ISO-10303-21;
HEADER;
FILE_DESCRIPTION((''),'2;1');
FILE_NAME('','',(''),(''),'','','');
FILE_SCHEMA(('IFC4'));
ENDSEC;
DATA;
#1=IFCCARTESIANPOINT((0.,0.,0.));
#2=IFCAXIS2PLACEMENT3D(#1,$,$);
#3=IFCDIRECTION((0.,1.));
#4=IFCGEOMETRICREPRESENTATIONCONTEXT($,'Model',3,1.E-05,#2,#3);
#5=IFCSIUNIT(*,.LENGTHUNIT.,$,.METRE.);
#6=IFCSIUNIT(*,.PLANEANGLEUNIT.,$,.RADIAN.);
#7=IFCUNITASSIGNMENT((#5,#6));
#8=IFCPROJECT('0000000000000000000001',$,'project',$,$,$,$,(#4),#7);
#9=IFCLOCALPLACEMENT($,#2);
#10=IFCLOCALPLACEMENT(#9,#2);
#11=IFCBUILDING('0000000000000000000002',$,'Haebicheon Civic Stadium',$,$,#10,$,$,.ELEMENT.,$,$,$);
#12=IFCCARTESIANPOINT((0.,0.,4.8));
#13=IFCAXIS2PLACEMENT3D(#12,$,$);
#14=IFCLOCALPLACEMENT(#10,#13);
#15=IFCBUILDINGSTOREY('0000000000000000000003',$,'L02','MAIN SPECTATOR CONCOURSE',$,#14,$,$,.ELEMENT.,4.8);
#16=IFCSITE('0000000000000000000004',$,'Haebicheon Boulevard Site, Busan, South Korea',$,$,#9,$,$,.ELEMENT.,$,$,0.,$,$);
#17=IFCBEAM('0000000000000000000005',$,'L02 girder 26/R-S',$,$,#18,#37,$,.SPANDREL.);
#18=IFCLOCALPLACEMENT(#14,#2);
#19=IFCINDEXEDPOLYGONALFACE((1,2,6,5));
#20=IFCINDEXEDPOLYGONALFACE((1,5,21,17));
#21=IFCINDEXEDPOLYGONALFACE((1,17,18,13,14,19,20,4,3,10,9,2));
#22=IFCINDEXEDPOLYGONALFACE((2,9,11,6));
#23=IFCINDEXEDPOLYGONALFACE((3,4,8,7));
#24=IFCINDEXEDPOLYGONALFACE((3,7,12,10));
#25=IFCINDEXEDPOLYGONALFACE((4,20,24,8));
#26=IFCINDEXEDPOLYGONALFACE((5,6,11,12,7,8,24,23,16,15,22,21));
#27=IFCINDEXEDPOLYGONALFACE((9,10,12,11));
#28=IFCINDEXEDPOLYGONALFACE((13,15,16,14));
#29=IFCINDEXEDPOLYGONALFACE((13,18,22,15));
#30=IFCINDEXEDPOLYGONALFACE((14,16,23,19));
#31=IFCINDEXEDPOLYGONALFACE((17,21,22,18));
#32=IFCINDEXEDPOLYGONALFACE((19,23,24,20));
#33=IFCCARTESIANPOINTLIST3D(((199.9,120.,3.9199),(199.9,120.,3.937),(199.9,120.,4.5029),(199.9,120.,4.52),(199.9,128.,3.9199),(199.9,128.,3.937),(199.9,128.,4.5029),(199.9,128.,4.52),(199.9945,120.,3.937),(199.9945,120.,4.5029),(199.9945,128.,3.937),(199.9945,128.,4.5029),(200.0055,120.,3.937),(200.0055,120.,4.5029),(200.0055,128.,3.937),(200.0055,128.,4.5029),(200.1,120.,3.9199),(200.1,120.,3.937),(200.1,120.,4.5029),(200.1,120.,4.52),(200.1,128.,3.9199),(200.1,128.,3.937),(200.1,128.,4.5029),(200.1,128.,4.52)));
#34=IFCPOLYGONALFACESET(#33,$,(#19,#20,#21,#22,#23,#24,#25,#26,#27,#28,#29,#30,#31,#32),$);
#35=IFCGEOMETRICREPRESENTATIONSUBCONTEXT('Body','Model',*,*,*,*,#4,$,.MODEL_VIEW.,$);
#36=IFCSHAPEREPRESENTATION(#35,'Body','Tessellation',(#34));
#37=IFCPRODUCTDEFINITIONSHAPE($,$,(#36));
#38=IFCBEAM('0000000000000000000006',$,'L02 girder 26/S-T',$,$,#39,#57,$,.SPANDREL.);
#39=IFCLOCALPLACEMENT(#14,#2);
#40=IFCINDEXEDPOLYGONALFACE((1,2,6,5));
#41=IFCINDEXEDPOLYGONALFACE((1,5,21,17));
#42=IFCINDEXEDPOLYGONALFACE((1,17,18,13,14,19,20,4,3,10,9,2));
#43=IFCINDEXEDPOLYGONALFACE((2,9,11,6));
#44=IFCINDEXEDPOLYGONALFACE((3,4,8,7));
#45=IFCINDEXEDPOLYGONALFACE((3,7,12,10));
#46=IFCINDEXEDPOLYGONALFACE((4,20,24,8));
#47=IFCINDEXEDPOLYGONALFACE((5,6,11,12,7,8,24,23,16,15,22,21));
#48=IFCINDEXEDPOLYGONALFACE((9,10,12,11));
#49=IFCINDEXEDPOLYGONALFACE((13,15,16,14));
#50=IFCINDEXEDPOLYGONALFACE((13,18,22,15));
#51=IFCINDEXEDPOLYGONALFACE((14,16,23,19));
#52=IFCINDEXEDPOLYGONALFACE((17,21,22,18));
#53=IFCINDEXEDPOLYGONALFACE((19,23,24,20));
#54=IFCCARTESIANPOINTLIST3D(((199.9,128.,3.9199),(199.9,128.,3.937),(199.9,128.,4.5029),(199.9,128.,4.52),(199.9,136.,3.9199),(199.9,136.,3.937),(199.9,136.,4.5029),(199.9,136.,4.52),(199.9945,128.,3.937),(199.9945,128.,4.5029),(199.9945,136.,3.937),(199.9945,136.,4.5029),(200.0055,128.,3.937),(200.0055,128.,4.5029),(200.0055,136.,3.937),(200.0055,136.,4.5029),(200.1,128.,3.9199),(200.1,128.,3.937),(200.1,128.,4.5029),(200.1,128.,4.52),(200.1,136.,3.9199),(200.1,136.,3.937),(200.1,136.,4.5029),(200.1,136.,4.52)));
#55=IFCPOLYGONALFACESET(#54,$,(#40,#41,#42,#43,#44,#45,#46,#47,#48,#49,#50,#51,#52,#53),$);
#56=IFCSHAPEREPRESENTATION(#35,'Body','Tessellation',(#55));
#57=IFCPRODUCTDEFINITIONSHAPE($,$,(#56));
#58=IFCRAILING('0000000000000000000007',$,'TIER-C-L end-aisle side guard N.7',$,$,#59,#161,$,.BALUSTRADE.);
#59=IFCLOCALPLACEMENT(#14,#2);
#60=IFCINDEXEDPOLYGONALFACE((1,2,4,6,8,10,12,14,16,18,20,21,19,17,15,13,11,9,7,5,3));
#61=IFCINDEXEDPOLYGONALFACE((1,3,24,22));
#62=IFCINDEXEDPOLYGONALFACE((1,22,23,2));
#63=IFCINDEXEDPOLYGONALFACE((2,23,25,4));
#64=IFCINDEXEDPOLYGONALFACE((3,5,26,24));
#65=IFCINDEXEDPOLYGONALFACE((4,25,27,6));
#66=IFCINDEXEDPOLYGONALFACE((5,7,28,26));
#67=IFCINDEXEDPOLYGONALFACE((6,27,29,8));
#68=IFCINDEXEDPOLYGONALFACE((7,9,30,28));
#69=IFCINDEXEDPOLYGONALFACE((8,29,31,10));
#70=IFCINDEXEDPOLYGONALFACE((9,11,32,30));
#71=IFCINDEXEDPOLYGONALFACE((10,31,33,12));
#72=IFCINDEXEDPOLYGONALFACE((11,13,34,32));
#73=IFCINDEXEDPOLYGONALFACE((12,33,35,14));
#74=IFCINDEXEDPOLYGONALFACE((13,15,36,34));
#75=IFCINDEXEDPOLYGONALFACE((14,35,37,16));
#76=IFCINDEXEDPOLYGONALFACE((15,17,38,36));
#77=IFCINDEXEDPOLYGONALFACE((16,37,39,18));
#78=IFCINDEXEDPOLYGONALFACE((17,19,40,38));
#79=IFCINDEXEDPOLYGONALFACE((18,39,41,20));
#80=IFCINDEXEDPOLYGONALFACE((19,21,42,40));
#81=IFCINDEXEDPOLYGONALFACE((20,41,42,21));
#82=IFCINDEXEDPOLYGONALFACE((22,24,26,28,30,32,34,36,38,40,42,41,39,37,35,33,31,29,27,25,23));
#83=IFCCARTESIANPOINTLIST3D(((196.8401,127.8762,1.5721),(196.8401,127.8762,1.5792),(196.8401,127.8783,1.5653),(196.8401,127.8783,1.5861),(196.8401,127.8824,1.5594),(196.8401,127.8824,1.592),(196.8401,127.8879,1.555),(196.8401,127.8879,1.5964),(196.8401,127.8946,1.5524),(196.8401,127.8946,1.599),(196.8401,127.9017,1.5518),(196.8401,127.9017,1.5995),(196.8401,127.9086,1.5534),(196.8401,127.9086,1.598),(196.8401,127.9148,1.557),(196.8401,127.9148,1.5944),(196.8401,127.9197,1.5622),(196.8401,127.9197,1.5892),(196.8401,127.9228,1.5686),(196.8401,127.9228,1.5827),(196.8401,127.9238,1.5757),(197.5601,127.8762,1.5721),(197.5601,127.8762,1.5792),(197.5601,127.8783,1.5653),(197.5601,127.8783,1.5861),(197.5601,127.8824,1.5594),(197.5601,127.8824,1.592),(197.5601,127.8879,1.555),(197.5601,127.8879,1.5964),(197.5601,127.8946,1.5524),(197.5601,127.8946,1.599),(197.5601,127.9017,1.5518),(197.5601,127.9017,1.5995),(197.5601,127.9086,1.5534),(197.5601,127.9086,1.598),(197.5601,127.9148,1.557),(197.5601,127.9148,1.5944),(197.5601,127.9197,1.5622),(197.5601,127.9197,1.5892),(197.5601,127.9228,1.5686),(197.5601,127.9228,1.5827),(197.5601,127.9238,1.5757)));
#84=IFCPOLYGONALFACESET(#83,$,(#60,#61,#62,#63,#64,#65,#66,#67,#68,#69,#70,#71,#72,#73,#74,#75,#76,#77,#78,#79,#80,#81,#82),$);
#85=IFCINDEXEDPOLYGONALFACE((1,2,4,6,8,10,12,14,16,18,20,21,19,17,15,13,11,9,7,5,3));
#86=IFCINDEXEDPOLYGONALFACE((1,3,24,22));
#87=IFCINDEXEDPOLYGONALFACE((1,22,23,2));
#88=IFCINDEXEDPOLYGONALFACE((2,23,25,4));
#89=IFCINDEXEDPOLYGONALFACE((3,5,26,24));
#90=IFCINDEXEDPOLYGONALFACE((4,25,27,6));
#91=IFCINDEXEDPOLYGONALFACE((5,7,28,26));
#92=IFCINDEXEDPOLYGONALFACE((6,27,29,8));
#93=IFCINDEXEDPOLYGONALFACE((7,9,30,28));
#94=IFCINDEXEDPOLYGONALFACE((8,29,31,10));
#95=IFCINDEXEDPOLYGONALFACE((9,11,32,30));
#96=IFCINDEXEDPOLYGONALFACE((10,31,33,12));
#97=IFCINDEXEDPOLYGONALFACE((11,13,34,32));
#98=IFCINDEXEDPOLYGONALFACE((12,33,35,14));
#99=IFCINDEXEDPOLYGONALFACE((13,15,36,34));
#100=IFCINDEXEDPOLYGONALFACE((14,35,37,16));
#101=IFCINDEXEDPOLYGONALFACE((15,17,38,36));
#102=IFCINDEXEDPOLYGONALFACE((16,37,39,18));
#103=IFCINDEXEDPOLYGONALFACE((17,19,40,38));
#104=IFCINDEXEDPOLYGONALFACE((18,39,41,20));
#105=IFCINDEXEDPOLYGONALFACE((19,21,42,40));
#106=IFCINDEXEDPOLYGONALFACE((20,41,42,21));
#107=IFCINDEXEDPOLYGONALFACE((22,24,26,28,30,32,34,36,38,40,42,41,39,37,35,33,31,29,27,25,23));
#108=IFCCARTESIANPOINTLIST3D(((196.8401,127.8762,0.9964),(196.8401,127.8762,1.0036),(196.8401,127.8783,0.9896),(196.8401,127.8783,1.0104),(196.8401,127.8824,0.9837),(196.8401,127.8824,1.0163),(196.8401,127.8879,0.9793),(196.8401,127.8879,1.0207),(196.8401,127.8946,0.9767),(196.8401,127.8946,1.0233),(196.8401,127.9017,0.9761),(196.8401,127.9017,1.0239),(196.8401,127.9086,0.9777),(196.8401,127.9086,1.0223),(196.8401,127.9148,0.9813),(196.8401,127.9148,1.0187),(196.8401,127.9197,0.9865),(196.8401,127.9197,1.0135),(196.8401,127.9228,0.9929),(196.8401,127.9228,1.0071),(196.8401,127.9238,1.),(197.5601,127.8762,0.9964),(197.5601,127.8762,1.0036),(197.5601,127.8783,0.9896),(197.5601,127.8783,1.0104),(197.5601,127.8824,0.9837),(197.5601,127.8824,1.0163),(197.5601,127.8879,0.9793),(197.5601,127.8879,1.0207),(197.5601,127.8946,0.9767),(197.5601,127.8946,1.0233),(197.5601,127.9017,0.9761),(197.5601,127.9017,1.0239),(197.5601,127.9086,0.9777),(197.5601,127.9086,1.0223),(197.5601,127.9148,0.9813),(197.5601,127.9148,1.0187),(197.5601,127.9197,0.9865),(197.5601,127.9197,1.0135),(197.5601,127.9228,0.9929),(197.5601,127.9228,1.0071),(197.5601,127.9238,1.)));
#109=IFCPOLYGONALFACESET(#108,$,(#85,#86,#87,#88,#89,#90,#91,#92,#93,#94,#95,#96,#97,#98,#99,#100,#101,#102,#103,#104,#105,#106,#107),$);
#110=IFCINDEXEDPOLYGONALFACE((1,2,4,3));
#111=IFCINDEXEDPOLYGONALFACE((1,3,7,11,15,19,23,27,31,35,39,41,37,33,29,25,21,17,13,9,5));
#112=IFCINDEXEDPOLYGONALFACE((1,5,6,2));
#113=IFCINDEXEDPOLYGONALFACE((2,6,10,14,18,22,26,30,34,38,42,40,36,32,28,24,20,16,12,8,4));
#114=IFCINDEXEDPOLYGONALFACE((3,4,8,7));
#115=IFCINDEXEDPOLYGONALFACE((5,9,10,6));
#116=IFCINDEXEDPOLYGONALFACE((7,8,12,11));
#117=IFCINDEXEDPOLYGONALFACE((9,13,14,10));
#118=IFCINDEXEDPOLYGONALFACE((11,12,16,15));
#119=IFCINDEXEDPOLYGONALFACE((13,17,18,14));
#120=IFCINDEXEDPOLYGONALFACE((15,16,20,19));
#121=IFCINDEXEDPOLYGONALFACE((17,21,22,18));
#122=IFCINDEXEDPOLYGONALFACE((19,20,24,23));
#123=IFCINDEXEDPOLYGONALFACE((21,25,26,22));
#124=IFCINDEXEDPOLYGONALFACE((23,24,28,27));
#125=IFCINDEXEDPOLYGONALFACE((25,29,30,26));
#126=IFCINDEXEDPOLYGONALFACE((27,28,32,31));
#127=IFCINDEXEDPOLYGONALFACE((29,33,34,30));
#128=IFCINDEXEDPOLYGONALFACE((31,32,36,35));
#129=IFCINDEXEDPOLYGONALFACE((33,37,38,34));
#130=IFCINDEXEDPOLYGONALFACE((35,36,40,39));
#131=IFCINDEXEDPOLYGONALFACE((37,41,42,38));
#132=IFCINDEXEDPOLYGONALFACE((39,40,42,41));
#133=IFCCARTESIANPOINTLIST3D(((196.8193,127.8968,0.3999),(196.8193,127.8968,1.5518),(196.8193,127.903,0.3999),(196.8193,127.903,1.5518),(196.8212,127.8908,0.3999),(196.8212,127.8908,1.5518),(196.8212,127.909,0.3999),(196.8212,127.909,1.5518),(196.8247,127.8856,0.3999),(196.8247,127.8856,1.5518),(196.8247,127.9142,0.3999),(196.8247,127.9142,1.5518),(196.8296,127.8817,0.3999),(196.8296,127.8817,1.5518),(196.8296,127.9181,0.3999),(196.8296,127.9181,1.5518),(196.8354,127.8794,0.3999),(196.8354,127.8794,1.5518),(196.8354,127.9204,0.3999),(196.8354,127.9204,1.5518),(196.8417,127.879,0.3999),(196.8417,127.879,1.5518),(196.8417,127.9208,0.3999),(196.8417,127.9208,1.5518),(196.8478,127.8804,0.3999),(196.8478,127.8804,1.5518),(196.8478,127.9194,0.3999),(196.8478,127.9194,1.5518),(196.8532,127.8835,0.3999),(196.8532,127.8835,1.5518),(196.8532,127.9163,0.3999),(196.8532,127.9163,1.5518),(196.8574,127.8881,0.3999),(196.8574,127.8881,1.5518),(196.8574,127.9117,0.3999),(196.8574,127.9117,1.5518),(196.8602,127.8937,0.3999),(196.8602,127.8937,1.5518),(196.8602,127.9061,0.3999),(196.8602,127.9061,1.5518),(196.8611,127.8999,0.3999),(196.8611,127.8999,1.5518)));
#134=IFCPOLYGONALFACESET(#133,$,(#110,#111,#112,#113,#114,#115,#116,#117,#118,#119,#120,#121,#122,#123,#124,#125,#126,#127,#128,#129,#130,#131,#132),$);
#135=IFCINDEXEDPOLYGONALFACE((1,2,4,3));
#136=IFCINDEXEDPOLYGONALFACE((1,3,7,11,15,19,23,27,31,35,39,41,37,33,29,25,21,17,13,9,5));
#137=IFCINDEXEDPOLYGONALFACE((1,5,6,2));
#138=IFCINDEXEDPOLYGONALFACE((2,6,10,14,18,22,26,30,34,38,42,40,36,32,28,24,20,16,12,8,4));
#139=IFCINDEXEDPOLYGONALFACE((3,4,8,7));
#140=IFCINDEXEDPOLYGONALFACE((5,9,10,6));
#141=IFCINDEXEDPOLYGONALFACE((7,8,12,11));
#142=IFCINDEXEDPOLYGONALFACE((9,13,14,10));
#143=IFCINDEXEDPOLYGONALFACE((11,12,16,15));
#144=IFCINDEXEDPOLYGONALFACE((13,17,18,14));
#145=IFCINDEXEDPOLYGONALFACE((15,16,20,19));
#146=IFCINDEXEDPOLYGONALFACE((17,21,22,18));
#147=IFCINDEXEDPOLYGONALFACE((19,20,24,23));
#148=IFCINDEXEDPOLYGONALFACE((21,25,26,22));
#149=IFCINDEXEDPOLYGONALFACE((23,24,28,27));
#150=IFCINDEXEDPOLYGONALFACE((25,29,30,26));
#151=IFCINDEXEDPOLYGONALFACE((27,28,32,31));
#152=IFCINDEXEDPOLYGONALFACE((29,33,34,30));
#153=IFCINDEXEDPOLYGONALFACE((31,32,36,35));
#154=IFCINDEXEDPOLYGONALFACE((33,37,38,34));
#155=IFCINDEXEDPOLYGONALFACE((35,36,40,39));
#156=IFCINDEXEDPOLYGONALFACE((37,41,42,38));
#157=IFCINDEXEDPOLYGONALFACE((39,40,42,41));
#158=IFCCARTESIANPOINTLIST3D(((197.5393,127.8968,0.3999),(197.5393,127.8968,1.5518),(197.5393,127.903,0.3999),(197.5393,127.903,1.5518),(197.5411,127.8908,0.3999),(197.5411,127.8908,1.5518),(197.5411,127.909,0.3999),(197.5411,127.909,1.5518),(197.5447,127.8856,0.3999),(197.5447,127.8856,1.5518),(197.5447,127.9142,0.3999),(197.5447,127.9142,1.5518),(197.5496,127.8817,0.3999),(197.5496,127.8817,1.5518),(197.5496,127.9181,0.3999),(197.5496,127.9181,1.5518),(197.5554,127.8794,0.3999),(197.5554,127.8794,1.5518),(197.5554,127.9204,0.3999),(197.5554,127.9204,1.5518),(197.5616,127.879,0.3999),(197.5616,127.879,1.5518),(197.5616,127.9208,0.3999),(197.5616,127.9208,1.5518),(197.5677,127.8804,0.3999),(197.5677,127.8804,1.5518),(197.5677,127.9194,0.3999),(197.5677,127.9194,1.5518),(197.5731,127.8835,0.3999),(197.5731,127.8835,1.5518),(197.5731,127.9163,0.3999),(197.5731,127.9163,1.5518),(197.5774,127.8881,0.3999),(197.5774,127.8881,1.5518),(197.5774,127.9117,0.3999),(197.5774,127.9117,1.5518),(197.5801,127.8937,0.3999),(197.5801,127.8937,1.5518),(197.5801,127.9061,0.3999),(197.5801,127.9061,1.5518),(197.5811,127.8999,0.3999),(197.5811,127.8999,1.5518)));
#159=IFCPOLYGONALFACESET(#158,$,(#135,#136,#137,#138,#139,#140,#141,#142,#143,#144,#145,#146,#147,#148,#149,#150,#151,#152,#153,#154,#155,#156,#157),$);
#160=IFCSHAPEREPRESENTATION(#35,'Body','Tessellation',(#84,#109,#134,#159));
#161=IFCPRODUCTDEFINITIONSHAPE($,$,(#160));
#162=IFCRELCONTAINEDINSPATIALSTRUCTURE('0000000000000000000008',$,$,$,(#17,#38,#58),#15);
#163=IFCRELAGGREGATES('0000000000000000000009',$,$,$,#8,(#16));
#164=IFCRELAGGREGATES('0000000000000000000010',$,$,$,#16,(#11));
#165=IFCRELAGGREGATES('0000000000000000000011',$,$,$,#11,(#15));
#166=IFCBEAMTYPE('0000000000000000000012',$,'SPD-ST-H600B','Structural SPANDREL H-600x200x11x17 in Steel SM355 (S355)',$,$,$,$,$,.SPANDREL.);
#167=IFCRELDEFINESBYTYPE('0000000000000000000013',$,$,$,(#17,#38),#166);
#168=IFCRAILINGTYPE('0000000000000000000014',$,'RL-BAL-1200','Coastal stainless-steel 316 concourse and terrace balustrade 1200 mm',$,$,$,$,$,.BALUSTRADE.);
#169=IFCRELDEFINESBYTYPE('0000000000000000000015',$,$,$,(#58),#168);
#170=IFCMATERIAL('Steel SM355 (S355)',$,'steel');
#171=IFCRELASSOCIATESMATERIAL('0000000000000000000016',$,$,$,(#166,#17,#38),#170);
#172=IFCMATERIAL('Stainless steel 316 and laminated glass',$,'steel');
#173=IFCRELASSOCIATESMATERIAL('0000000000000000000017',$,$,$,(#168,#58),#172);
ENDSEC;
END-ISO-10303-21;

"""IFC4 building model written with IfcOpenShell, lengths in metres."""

from ifc_helpers import new_model, si_unit, direction, frame, origin, origin_2d, place, context, subcontext, project, spatial, circle, i_section, extrude, material, material_profile, profile_set, type_object, element, save


model = new_model("IFC4")

# Units and contexts
model_context = context("Model", 3, precision=1e-05, world=origin(), true_north=direction((0.0, 1.0)))
body_context = subcontext(model_context, "Body", "Model", "MODEL_VIEW")
ifc_project = project(units=[si_unit("LENGTHUNIT", "METRE"), si_unit("PLANEANGLEUNIT", "RADIAN")], contexts=[model_context])

# Site, building, storey
site_placement = place(None, origin())
site = spatial("IfcSite", under=ifc_project, at=site_placement, Name="Haebicheon Boulevard Site, Busan, South Korea", CompositionType="ELEMENT", RefElevation=0.0)
building_placement = place(site_placement, origin())
building = spatial("IfcBuilding", under=site, at=building_placement, Name="Haebicheon Civic Stadium", CompositionType="ELEMENT")
storey_placement = place(building_placement, frame((0.0, 0.0, 4.8)))
storey = spatial("IfcBuildingStorey", under=building, at=storey_placement, Name="L02", Description="MAIN SPECTATOR CONCOURSE", CompositionType="ELEMENT", Elevation=4.8)

# Beams
ifc_material_1 = material(Name="Steel SM355 (S355)", Category="steel")
ifc_material_profile_1 = material_profile(ifc_material_1, i_section(OverallWidth=0.2, OverallDepth=0.6001, WebThickness=0.011, FlangeThickness=0.0171, at=origin_2d()), Name="H-600x200x11x17")
ifc_profile_set_1 = profile_set([ifc_material_profile_1], Name="Steel SM355 (S355)")
beam_type_1 = type_object("IfcBeamType", Name="SPD-ST-H600B", Description="Structural SPANDREL H-600x200x11x17 in Steel SM355 (S355)", PredefinedType="SPANDREL", material=ifc_profile_set_1)
for number, where, z_axis, x_axis, name in (
    (1, (200.0, 120.0, 4.22), (0.0, 1.0, 0.0), (-1.0, 0.0, 0.0), "L02 girder 26/R-S"),
    (2, (200.0, 128.0, 4.22), (0.0, 1.0, 0.0), (-1.0, 0.0, 0.0), "L02 girder 26/S-T"),
):
    element("IfcBeam", number, at=place(storey_placement, frame(where, z_axis=z_axis, x_axis=x_axis)), inside=storey, type_object=beam_type_1, material=ifc_profile_set_1, Name=name, PredefinedType="SPANDREL", context=body_context, shape_type="SweptSolid", body=[
        extrude(i_section(OverallWidth=0.2, OverallDepth=0.6001, WebThickness=0.011, FlangeThickness=0.0171, at=origin_2d()), origin(), (0.0, 0.0, 1.0), 8.0),
    ])

# Railing
ifc_material_2 = material(Name="Stainless steel 316 and laminated glass", Category="steel")
railing_type_1 = type_object("IfcRailingType", Name="RL-BAL-1200", Description="Coastal stainless-steel 316 concourse and terrace balustrade 1200 mm", PredefinedType="BALUSTRADE", material=ifc_material_2)
railing_1_placement = place(storey_placement, frame((196.8401, 127.8999, 0.3999)))
element("IfcRailing", 3, at=railing_1_placement, inside=storey, type_object=railing_type_1, material=ifc_material_2, Name="TIER-C-L end-aisle side guard N.7", PredefinedType="BALUSTRADE", context=body_context, shape_type="SweptSolid", body=[
    extrude(circle(Radius=0.0239, at=origin_2d()), frame((0.0, 0.0, 1.1758), z_axis=(1.0, 0.0, 0.0), x_axis=(0.0, 1.0, 0.0)), (0.0, 0.0, 1.0), 0.72),
    extrude(circle(Radius=0.0239, at=origin_2d()), frame((0.0, 0.0, 0.6001), z_axis=(1.0, 0.0, 0.0), x_axis=(0.0, 1.0, 0.0)), (0.0, 0.0, 1.0), 0.72),
    extrude(circle(Radius=0.021, at=origin_2d()), origin(), (0.0, 0.0, 1.0), 1.1519),
    extrude(circle(Radius=0.021, at=origin_2d()), frame((0.72, 0.0, 0.0)), (0.0, 0.0, 1.0), 1.1519),
])

save(model, "model.ifc")
